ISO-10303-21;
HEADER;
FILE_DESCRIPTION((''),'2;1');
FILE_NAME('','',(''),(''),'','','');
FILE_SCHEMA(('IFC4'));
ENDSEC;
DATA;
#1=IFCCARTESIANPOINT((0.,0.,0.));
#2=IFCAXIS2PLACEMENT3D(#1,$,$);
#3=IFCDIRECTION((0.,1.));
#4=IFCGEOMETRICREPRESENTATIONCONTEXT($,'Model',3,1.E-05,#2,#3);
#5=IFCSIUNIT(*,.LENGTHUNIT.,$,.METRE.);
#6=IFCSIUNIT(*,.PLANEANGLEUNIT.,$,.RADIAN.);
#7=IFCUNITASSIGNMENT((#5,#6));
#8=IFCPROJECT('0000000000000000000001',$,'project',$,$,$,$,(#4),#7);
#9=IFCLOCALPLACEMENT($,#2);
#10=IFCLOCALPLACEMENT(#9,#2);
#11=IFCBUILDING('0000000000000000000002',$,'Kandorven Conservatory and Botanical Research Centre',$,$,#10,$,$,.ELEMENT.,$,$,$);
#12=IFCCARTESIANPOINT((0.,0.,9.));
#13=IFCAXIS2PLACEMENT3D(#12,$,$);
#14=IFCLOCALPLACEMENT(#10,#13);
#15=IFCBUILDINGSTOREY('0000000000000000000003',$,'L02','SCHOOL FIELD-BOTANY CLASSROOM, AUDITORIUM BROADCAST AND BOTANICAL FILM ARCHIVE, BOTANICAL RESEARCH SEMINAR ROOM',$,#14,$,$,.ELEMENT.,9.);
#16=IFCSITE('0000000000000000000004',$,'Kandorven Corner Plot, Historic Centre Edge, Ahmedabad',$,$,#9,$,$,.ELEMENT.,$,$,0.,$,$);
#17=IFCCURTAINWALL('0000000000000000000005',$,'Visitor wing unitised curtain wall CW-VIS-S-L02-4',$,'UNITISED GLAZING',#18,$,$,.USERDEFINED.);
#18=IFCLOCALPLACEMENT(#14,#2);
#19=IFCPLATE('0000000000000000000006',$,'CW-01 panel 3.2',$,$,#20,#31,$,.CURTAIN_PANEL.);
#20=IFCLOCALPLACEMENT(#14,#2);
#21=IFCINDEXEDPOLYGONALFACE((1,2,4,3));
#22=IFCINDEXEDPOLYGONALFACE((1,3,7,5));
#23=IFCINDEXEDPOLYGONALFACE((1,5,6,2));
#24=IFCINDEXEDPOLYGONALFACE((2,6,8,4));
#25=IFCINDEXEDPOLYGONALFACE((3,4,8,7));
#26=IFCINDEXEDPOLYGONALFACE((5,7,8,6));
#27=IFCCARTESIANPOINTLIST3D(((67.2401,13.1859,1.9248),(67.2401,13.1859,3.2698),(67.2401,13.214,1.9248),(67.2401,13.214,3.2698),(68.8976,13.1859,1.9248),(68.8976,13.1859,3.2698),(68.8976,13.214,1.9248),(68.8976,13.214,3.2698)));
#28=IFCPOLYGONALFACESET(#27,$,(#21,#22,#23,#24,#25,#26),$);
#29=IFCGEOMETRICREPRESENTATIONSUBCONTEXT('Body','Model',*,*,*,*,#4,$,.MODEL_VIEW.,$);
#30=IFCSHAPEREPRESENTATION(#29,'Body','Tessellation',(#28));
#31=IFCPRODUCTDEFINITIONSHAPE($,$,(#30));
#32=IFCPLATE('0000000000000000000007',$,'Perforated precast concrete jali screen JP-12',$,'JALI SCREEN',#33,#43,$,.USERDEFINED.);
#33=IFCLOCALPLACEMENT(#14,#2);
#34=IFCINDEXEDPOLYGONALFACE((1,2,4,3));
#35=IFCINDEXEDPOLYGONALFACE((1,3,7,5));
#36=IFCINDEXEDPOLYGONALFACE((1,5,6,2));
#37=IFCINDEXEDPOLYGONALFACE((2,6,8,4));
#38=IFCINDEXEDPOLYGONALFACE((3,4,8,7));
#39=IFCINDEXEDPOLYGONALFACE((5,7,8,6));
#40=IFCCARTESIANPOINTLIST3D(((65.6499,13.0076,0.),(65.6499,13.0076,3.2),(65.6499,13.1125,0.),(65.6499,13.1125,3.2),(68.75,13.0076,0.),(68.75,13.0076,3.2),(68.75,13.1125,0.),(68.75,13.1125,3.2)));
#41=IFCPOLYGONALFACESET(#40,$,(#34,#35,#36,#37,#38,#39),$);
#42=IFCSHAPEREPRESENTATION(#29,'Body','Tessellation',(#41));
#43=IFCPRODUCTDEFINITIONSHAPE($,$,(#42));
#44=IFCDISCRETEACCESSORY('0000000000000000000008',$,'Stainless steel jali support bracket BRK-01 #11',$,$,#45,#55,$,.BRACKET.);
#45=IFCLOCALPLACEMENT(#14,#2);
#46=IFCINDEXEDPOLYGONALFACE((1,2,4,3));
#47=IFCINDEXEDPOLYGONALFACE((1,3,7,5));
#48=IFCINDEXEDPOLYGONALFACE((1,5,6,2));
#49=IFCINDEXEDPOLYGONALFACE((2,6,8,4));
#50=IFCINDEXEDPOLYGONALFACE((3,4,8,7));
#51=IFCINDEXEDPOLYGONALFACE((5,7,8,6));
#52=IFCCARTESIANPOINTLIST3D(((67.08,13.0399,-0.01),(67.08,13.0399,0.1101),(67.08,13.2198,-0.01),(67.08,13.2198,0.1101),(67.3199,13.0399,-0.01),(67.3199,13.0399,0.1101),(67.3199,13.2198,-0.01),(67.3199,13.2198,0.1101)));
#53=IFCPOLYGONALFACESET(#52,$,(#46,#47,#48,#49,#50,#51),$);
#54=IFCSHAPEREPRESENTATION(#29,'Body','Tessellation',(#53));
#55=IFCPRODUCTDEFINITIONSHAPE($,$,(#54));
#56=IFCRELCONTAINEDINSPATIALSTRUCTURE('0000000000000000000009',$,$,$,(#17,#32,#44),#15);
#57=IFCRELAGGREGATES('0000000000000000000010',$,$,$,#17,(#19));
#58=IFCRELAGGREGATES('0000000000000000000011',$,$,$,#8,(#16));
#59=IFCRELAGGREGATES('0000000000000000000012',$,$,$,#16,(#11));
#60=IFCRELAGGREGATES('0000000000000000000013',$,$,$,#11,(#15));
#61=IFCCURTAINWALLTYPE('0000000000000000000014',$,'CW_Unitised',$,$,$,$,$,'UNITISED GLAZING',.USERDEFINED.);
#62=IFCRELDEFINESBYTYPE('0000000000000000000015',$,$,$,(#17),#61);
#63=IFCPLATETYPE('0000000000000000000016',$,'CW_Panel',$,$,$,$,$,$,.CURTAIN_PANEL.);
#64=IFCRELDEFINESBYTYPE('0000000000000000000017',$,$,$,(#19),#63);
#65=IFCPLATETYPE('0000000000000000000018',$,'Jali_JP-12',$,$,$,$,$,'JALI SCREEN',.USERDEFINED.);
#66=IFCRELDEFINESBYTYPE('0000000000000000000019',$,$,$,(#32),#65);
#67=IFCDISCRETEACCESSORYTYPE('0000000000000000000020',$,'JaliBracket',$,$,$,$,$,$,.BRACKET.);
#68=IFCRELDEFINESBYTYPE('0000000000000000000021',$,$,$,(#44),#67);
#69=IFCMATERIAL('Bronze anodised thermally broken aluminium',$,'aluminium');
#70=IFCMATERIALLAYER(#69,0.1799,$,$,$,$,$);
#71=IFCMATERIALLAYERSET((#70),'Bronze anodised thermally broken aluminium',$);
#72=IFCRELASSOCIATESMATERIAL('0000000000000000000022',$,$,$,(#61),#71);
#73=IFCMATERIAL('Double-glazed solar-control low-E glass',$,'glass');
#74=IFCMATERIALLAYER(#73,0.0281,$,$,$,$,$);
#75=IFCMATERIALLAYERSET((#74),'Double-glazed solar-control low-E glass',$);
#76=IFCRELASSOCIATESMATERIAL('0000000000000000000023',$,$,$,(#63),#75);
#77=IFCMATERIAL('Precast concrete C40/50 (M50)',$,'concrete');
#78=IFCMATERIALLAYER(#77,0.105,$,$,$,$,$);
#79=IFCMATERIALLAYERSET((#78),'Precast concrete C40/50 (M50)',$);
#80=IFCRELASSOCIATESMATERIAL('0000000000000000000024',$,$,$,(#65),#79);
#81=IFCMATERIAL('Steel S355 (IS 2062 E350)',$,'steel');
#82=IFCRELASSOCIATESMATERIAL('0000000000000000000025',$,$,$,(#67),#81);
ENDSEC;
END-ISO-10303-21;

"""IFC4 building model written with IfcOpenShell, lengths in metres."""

from ifc_helpers import new_model, si_unit, direction, frame, origin, origin_2d, place, context, subcontext, project, spatial, rectangle, extrude, material, layer, layer_set, type_object, element, aggregate, save


model = new_model("IFC4")

# Units and contexts
model_context = context("Model", 3, precision=1e-05, world=origin(), true_north=direction((0.0, 1.0)))
body_context = subcontext(model_context, "Body", "Model", "MODEL_VIEW")
ifc_project = project(units=[si_unit("LENGTHUNIT", "METRE"), si_unit("PLANEANGLEUNIT", "RADIAN")], contexts=[model_context])

# Site, building, storey
site_placement = place(None, origin())
site = spatial("IfcSite", under=ifc_project, at=site_placement, Name="Kandorven Corner Plot, Historic Centre Edge, Ahmedabad", CompositionType="ELEMENT", RefElevation=0.0)
building_placement = place(site_placement, origin())
building = spatial("IfcBuilding", under=site, at=building_placement, Name="Kandorven Conservatory and Botanical Research Centre", CompositionType="ELEMENT")
storey_placement = place(building_placement, frame((0.0, 0.0, 9.0)))
storey = spatial("IfcBuildingStorey", under=building, at=storey_placement, Name="L02", Description="SCHOOL FIELD-BOTANY CLASSROOM, AUDITORIUM BROADCAST AND BOTANICAL FILM ARCHIVE, BOTANICAL RESEARCH SEMINAR ROOM", CompositionType="ELEMENT", Elevation=9.0)

# Curtain wall, plate
ifc_material_1 = material(Name="Bronze anodised thermally broken aluminium", Category="aluminium")
ifc_layer_1 = layer(ifc_material_1, 0.1799)
ifc_layer_set_1 = layer_set([ifc_layer_1], Name="Bronze anodised thermally broken aluminium")
curtain_wall_type = type_object("IfcCurtainWallType", Name="CW_Unitised", ElementType="UNITISED GLAZING", PredefinedType="USERDEFINED", material=ifc_layer_set_1)
curtain_wall_placement = place(storey_placement, origin())
curtain_wall = element("IfcCurtainWall", 1, at=curtain_wall_placement, inside=storey, type_object=curtain_wall_type, Name="Visitor wing unitised curtain wall CW-VIS-S-L02-4", ObjectType="UNITISED GLAZING", PredefinedType="USERDEFINED")
ifc_material_2 = material(Name="Double-glazed solar-control low-E glass", Category="glass")
ifc_layer_2 = layer(ifc_material_2, 0.0281)
ifc_layer_set_2 = layer_set([ifc_layer_2], Name="Double-glazed solar-control low-E glass")
plate_type_1 = type_object("IfcPlateType", Name="CW_Panel", PredefinedType="CURTAIN_PANEL", material=ifc_layer_set_2)
plate_1_placement = place(storey_placement, frame((68.0688, 13.2, 1.9248), z_axis=(0.0, 0.0, 1.0), x_axis=(1.0, 0.0, 0.0)))
plate_1 = element("IfcPlate", 2, at=plate_1_placement, type_object=plate_type_1, Name="CW-01 panel 3.2", PredefinedType="CURTAIN_PANEL", context=body_context, shape_type="SweptSolid", body=[
    extrude(rectangle(XDim=1.6575, YDim=0.0281, at=origin_2d()), origin(), (0.0, 0.0, 1.0), 1.345),
])
aggregate(curtain_wall, [plate_1])

# Plate
ifc_material_3 = material(Name="Precast concrete C40/50 (M50)", Category="concrete")
ifc_layer_3 = layer(ifc_material_3, 0.105)
ifc_layer_set_3 = layer_set([ifc_layer_3], Name="Precast concrete C40/50 (M50)")
plate_type_2 = type_object("IfcPlateType", Name="Jali_JP-12", ElementType="JALI SCREEN", PredefinedType="USERDEFINED", material=ifc_layer_set_3)
plate_2_placement = place(storey_placement, frame((67.2, 13.0601, 0.0), z_axis=(0.0, 0.0, 1.0), x_axis=(1.0, 0.0, 0.0)))
element("IfcPlate", 3, at=plate_2_placement, inside=storey, type_object=plate_type_2, Name="Perforated precast concrete jali screen JP-12", ObjectType="JALI SCREEN", PredefinedType="USERDEFINED", context=body_context, shape_type="SweptSolid", body=[
    extrude(rectangle(XDim=3.1001, YDim=0.105, at=origin_2d()), origin(), (0.0, 0.0, 1.0), 3.2),
])

# Discrete accessory
ifc_material_4 = material(Name="Steel S355 (IS 2062 E350)", Category="steel")
discrete_accessory_type = type_object("IfcDiscreteAccessoryType", Name="JaliBracket", PredefinedType="BRACKET", material=ifc_material_4)
discrete_accessory_placement = place(storey_placement, frame((67.2, 13.1299, -0.01), z_axis=(0.0, 0.0, 1.0), x_axis=(1.0, 0.0, 0.0)))
element("IfcDiscreteAccessory", 4, at=discrete_accessory_placement, inside=storey, type_object=discrete_accessory_type, Name="Stainless steel jali support bracket BRK-01 #11", PredefinedType="BRACKET", context=body_context, shape_type="SweptSolid", body=[
    extrude(rectangle(XDim=0.24, YDim=0.1799, at=origin_2d()), origin(), (0.0, 0.0, 1.0), 0.1201),
])

save(model, "model.ifc")
